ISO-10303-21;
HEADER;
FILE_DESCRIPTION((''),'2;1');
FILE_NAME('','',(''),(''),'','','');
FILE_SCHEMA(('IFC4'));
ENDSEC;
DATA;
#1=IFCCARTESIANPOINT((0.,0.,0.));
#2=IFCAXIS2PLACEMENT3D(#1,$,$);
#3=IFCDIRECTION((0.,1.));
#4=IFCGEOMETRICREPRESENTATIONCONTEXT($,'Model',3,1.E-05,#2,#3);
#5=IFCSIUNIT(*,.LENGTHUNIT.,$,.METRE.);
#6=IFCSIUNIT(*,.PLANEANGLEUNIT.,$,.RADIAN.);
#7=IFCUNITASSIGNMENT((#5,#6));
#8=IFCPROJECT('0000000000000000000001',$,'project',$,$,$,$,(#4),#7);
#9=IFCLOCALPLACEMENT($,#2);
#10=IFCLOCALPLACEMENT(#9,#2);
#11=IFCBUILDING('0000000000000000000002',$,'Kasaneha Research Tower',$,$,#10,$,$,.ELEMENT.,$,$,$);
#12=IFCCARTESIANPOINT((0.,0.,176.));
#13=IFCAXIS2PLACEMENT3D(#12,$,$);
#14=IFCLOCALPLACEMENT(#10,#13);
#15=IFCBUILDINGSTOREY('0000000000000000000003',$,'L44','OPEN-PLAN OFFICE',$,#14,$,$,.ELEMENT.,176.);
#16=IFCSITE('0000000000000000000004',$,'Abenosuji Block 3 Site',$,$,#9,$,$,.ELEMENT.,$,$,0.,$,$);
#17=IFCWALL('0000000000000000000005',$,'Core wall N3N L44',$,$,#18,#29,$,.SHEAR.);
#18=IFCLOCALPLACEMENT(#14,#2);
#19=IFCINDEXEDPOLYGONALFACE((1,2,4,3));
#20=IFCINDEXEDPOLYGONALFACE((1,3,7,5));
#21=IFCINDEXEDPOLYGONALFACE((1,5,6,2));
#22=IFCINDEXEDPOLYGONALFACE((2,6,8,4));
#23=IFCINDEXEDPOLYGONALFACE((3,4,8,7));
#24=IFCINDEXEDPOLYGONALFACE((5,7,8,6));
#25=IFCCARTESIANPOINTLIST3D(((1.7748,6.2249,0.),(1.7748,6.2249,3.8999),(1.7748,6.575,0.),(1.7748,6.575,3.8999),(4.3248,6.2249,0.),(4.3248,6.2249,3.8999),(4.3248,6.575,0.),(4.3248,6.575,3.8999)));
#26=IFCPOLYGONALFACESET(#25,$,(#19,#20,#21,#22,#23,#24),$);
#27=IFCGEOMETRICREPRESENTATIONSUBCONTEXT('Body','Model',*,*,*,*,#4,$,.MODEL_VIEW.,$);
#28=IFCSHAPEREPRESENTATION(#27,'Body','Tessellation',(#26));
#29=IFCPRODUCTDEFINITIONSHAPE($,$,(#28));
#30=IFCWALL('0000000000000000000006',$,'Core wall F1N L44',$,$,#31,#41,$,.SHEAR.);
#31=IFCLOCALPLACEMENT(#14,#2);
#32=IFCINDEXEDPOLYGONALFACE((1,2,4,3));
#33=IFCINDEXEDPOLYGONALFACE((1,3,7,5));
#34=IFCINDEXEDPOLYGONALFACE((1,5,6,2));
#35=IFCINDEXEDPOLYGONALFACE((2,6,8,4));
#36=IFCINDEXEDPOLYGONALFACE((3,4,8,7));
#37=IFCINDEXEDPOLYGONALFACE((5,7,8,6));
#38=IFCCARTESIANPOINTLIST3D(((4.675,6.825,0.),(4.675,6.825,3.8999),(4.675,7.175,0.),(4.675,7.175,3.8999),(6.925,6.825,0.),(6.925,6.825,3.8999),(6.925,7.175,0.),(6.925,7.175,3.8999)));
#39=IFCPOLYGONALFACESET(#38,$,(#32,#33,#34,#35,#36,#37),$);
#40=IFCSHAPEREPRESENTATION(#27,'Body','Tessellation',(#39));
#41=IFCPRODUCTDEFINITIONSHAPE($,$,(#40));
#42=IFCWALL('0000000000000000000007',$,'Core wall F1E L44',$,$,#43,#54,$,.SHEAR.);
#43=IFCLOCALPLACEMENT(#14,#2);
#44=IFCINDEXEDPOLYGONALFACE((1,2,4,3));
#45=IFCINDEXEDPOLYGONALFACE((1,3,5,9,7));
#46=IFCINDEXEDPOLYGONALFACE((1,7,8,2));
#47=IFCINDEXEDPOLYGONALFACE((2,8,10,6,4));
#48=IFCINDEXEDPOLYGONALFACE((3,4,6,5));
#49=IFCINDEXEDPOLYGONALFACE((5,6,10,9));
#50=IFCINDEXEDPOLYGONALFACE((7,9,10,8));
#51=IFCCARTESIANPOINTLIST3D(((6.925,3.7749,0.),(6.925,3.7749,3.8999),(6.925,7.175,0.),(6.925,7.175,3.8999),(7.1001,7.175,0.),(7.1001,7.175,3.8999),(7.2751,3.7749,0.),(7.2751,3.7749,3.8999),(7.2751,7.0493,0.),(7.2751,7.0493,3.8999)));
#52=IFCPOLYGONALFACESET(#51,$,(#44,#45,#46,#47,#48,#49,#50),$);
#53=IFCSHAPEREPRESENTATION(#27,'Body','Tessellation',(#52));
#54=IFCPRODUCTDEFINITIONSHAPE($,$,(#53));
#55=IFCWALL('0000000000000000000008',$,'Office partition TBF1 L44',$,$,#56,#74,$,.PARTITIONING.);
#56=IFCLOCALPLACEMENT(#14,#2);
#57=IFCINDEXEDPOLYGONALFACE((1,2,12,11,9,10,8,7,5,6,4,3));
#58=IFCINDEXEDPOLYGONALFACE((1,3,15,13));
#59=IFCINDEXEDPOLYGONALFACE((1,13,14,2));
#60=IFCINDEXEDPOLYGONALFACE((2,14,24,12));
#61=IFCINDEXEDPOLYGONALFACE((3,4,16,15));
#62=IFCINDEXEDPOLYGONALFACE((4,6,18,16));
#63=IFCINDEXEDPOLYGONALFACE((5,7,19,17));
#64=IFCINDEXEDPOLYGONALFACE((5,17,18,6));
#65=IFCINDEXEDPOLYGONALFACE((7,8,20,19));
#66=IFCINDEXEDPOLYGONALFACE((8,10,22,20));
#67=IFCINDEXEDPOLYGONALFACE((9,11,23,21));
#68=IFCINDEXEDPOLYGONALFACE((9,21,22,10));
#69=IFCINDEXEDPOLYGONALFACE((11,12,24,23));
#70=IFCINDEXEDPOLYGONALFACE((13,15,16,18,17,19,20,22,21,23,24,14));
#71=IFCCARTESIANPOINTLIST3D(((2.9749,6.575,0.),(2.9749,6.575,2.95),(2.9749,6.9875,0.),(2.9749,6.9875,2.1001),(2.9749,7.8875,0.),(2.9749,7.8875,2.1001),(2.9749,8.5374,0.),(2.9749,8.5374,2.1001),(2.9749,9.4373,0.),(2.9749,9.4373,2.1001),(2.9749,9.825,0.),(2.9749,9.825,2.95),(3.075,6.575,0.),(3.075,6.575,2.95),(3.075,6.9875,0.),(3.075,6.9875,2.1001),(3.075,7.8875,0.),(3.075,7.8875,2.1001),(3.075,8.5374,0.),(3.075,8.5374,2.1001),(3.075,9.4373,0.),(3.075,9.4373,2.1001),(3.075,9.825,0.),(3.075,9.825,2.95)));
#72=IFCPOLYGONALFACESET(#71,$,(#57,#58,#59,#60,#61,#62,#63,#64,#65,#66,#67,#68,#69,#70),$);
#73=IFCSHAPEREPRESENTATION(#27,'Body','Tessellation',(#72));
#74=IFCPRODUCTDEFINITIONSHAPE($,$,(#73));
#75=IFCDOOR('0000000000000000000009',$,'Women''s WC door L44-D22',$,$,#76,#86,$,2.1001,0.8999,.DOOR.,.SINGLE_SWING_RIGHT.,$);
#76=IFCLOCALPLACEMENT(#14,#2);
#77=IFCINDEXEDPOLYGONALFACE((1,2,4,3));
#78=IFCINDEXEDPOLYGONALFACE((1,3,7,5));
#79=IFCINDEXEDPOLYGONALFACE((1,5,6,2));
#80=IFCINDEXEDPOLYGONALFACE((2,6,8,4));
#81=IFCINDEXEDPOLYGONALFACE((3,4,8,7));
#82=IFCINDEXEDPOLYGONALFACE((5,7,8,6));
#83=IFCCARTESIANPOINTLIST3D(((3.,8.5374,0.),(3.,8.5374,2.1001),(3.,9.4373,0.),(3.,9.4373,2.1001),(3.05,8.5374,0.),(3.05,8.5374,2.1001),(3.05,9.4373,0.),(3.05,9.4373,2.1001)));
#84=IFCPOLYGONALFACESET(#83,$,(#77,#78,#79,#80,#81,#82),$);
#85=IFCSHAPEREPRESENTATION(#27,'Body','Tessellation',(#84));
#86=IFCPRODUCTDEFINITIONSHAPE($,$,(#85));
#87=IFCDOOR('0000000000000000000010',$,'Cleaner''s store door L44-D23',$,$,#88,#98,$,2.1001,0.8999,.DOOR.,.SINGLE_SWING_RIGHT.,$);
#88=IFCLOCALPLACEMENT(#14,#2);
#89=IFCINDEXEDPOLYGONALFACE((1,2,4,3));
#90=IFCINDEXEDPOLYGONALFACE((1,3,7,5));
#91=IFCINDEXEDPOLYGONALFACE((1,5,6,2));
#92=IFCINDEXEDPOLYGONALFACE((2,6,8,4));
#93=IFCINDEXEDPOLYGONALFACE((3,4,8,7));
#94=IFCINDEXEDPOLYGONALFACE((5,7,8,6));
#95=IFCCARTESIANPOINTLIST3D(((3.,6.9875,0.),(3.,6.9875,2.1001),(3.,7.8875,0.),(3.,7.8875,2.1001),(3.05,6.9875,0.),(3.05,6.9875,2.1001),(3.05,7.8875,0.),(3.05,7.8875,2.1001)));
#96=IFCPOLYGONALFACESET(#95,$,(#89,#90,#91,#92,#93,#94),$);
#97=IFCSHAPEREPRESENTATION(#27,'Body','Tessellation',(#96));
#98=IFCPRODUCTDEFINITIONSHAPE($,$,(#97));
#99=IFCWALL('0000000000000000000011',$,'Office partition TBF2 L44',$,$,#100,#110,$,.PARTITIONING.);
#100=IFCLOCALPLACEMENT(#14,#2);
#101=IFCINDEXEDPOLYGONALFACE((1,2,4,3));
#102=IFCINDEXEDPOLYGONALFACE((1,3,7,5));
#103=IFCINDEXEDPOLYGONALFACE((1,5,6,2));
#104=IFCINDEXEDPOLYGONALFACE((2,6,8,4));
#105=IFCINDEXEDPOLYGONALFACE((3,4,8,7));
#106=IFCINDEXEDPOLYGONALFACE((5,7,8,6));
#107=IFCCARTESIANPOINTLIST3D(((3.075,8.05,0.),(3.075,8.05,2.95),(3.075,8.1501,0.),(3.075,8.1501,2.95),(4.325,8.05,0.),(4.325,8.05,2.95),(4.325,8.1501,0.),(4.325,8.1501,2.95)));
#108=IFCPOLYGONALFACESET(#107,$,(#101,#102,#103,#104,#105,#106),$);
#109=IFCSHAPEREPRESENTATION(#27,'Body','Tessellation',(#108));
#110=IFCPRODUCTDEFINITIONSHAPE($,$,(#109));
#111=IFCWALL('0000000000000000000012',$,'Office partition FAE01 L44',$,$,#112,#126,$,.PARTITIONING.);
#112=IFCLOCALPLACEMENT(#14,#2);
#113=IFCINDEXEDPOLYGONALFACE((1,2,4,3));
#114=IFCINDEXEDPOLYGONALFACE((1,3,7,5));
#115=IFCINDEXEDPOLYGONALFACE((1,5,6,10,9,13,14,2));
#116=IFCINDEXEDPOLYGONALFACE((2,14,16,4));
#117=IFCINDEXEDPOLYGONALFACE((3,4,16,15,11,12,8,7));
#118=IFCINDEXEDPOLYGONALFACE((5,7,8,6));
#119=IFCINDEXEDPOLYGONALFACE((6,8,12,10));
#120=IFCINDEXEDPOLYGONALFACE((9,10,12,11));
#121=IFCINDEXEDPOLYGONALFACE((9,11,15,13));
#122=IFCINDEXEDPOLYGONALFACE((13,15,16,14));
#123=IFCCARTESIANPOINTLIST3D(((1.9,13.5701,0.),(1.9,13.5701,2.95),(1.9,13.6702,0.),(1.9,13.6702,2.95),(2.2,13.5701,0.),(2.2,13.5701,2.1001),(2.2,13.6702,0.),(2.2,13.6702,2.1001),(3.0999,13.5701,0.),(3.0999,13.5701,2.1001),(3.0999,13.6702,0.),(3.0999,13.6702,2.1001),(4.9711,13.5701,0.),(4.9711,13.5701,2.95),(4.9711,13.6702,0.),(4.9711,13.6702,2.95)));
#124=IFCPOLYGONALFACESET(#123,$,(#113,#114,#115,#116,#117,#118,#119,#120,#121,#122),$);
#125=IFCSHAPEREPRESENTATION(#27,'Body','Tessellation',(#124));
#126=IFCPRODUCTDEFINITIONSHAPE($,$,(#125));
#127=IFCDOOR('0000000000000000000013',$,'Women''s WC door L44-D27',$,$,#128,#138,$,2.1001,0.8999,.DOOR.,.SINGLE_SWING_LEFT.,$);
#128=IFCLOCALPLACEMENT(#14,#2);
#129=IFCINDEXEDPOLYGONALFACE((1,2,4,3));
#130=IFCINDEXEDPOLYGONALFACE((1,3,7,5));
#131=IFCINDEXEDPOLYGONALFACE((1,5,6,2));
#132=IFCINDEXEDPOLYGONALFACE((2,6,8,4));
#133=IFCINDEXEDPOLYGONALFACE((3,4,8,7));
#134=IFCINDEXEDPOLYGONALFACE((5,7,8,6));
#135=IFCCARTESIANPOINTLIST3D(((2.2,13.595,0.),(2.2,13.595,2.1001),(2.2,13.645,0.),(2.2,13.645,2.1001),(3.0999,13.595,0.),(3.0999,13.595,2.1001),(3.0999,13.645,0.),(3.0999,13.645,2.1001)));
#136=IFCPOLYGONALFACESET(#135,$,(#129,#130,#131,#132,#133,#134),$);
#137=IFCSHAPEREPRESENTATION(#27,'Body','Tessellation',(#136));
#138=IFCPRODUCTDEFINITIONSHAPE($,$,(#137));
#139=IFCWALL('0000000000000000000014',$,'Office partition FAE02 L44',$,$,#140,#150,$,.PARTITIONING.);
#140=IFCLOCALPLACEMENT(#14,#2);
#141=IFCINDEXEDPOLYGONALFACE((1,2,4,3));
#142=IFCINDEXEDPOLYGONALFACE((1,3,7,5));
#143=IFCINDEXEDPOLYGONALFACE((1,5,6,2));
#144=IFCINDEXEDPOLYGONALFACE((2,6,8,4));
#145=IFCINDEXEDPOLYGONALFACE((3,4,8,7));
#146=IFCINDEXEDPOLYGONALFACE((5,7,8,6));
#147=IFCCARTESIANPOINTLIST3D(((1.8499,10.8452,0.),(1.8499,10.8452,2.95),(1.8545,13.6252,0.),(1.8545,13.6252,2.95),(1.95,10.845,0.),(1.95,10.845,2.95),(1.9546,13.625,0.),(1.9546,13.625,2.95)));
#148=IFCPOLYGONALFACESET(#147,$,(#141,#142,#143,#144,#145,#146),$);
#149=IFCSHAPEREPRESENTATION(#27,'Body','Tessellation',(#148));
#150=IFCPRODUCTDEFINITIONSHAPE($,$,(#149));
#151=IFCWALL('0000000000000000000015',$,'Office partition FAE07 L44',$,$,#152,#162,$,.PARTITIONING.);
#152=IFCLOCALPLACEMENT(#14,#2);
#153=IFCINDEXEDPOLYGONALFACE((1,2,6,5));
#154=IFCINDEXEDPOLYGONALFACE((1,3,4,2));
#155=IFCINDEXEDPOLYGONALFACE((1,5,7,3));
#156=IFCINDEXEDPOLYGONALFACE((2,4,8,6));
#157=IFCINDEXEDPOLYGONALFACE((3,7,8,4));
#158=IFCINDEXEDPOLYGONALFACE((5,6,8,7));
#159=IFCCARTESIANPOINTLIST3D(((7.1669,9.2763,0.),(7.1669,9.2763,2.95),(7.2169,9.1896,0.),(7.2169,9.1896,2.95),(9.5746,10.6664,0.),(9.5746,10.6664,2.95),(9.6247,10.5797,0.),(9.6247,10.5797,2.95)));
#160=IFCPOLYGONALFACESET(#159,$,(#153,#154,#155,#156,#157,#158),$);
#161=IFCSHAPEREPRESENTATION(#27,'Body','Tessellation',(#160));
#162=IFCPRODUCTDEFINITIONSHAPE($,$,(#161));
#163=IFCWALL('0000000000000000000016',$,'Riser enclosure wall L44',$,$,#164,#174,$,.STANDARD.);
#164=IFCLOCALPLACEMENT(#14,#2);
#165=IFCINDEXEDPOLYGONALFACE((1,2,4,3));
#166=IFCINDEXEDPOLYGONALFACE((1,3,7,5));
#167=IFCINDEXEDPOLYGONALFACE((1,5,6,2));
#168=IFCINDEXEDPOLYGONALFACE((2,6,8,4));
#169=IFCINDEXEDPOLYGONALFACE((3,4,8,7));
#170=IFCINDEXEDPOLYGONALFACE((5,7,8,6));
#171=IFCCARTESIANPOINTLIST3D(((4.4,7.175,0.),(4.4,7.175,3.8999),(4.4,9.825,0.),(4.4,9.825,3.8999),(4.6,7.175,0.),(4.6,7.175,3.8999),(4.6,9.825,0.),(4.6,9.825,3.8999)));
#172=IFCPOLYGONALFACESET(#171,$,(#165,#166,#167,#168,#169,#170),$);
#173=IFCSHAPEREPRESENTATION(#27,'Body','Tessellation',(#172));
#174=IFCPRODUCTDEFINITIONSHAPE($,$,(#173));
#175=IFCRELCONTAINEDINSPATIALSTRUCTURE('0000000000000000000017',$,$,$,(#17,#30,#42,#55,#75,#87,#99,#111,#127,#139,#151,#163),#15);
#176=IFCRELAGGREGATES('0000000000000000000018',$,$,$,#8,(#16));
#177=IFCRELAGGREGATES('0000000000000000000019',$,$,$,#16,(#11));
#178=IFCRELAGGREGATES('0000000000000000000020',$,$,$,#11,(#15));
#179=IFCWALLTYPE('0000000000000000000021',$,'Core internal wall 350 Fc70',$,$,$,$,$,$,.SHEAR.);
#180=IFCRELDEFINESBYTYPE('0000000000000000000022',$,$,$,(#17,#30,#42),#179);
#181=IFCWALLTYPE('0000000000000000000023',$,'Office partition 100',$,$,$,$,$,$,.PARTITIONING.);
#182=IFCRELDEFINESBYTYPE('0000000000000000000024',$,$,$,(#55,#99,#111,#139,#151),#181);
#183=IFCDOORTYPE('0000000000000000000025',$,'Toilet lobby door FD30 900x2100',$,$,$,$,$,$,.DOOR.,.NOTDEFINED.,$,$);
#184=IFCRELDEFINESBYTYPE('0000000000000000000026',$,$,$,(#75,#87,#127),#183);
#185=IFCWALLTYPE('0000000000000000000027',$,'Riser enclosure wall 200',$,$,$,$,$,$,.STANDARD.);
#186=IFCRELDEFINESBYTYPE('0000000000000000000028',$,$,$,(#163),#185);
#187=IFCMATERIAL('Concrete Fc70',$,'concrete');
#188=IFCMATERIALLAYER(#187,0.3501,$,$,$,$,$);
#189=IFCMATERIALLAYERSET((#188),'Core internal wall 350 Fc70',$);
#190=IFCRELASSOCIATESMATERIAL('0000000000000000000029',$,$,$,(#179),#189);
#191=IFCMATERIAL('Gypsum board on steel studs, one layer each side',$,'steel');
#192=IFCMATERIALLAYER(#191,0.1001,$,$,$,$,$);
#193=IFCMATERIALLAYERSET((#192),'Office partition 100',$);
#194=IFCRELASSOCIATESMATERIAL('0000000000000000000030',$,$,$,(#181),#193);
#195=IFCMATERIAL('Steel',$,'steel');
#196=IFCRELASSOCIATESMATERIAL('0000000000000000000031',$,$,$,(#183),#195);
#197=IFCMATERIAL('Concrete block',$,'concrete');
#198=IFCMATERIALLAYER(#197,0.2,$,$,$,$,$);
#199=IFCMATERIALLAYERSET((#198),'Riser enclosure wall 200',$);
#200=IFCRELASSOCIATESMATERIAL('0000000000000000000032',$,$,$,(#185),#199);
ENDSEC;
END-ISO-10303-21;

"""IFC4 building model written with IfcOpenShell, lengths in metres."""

from ifc_helpers import new_model, si_unit, direction, frame, frame_2d, origin, place, context, subcontext, project, spatial, polyline, rectangle, outline, extrude, material, layer, layer_set, type_object, element, fill, save


model = new_model("IFC4")

# Units and contexts
model_context = context("Model", 3, precision=1e-05, world=origin(), true_north=direction((0.0, 1.0)))
body_context = subcontext(model_context, "Body", "Model", "MODEL_VIEW")
ifc_project = project(units=[si_unit("LENGTHUNIT", "METRE"), si_unit("PLANEANGLEUNIT", "RADIAN")], contexts=[model_context])

# Site, building, storey
site_placement = place(None, origin())
site = spatial("IfcSite", under=ifc_project, at=site_placement, Name="Abenosuji Block 3 Site", CompositionType="ELEMENT", RefElevation=0.0)
building_placement = place(site_placement, origin())
building = spatial("IfcBuilding", under=site, at=building_placement, Name="Kasaneha Research Tower", CompositionType="ELEMENT")
storey_placement = place(building_placement, frame((0.0, 0.0, 176.0)))
storey = spatial("IfcBuildingStorey", under=building, at=storey_placement, Name="L44", Description="OPEN-PLAN OFFICE", CompositionType="ELEMENT", Elevation=176.0)

# Shared definitions
ifc_material_1 = material(Name="Concrete Fc70", Category="concrete")
ifc_layer_1 = layer(ifc_material_1, 0.3501)
ifc_layer_set_1 = layer_set([ifc_layer_1], Name="Core internal wall 350 Fc70")
wall_type_1 = type_object("IfcWallType", Name="Core internal wall 350 Fc70", PredefinedType="SHEAR", material=ifc_layer_set_1)

# Walls
wall_1_placement = place(storey_placement, frame((1.7749, 6.3999, 0.0), z_axis=(0.0, 0.0, 1.0), x_axis=(1.0, 0.0, 0.0)))
element("IfcWall", 1, at=wall_1_placement, inside=storey, type_object=wall_type_1, Name="Core wall N3N L44", PredefinedType="SHEAR", context=body_context, shape_type="SweptSolid", body=[
    extrude(rectangle(XDim=2.55, YDim=0.3501, at=frame_2d((1.2749, 0.0))), origin(), (0.0, 0.0, 1.0), 3.8999),
])
wall_2_placement = place(storey_placement, frame((4.675, 7.0, 0.0), z_axis=(0.0, 0.0, 1.0), x_axis=(1.0, 0.0, 0.0)))
element("IfcWall", 2, at=wall_2_placement, inside=storey, type_object=wall_type_1, Name="Core wall F1N L44", PredefinedType="SHEAR", context=body_context, shape_type="SweptSolid", body=[
    extrude(rectangle(XDim=2.25, YDim=0.3501, at=frame_2d((1.125, 0.0))), origin(), (0.0, 0.0, 1.0), 3.8999),
])
wall_3_placement = place(storey_placement, frame((7.1001, 3.7749, 0.0), z_axis=(0.0, 0.0, 1.0), x_axis=(0.0, 1.0, 0.0)))
element("IfcWall", 3, at=wall_3_placement, inside=storey, type_object=wall_type_1, Name="Core wall F1E L44", PredefinedType="SHEAR", context=body_context, shape_type="SweptSolid", body=[
    extrude(outline(polyline([(0.0, -0.175), (3.2744, -0.175), (3.4001, 0.0), (3.4001, 0.175), (0.0, 0.175), (0.0, -0.175)])), origin(), (0.0, 0.0, 1.0), 3.8999),
])

# Wall, openings, doors
ifc_material_2 = material(Name="Gypsum board on steel studs, one layer each side", Category="steel")
ifc_layer_2 = layer(ifc_material_2, 0.1001)
ifc_layer_set_2 = layer_set([ifc_layer_2], Name="Office partition 100")
wall_type_2 = type_object("IfcWallType", Name="Office partition 100", PredefinedType="PARTITIONING", material=ifc_layer_set_2)
wall_4_placement = place(storey_placement, frame((3.0249, 6.575, 0.0), z_axis=(0.0, 0.0, 1.0), x_axis=(0.0, 1.0, 0.0)))
wall_4 = element("IfcWall", 4, at=wall_4_placement, inside=storey, type_object=wall_type_2, Name="Office partition TBF1 L44", PredefinedType="PARTITIONING", context=body_context, shape_type="SweptSolid", body=[
    extrude(rectangle(XDim=3.25, YDim=0.1001, at=frame_2d((1.625, 0.0))), origin(), (0.0, 0.0, 1.0), 2.95),
])
opening_1_placement = place(wall_4_placement, frame((1.9624, 0.0, 0.0)))
opening_1 = element("IfcOpeningElement", 5, at=opening_1_placement, cuts=wall_4, PredefinedType="OPENING", context=body_context, shape_type="SweptSolid", body=[
    extrude(rectangle(XDim=0.8999, YDim=2.1001, at=frame_2d((0.45, 1.05))), frame((0.0, 0.0601, 0.0), z_axis=(0.0, -1.0, 0.0), x_axis=(1.0, 0.0, 0.0)), (0.0, 0.0, 1.0), 0.1201),
])
opening_2_placement = place(wall_4_placement, frame((0.4126, 0.0, 0.0)))
opening_2 = element("IfcOpeningElement", 6, at=opening_2_placement, cuts=wall_4, PredefinedType="OPENING", context=body_context, shape_type="SweptSolid", body=[
    extrude(rectangle(XDim=0.8999, YDim=2.1001, at=frame_2d((0.45, 1.05))), frame((0.0, 0.0601, 0.0), z_axis=(0.0, -1.0, 0.0), x_axis=(1.0, 0.0, 0.0)), (0.0, 0.0, 1.0), 0.1201),
])
ifc_material_3 = material(Name="Steel", Category="steel")
door_type_1 = type_object("IfcDoorType", Name="Toilet lobby door FD30 900x2100", OperationType="NOTDEFINED", PredefinedType="DOOR", material=ifc_material_3)
door_1_placement = place(opening_1_placement, origin())
door_1 = element("IfcDoor", 7, at=door_1_placement, inside=storey, type_object=door_type_1, Name="Women's WC door L44-D22", OperationType="SINGLE_SWING_RIGHT", OverallHeight=2.1001, OverallWidth=0.8999, PredefinedType="DOOR", context=body_context, shape_type="SweptSolid", body=[
    extrude(rectangle(XDim=0.8999, YDim=2.1001, at=frame_2d((0.45, 1.05))), frame((0.0, 0.0249, 0.0), z_axis=(0.0, -1.0, 0.0), x_axis=(1.0, 0.0, 0.0)), (0.0, 0.0, 1.0), 0.05),
])
fill(opening_1, door_1)
door_2_placement = place(opening_2_placement, origin())
door_2 = element("IfcDoor", 8, at=door_2_placement, inside=storey, type_object=door_type_1, Name="Cleaner's store door L44-D23", OperationType="SINGLE_SWING_RIGHT", OverallHeight=2.1001, OverallWidth=0.8999, PredefinedType="DOOR", context=body_context, shape_type="SweptSolid", body=[
    extrude(rectangle(XDim=0.8999, YDim=2.1001, at=frame_2d((0.45, 1.05))), frame((0.0, 0.0249, 0.0), z_axis=(0.0, -1.0, 0.0), x_axis=(1.0, 0.0, 0.0)), (0.0, 0.0, 1.0), 0.05),
])
fill(opening_2, door_2)

# Wall
wall_5_placement = place(storey_placement, frame((3.075, 8.1001, 0.0), z_axis=(0.0, 0.0, 1.0), x_axis=(1.0, 0.0, 0.0)))
element("IfcWall", 9, at=wall_5_placement, inside=storey, type_object=wall_type_2, Name="Office partition TBF2 L44", PredefinedType="PARTITIONING", context=body_context, shape_type="SweptSolid", body=[
    extrude(rectangle(XDim=1.25, YDim=0.1001, at=frame_2d((0.625, 0.0))), origin(), (0.0, 0.0, 1.0), 2.95),
])

# Wall, opening, door
wall_6_placement = place(storey_placement, frame((1.8999, 13.6201, 0.0), z_axis=(0.0, 0.0, 1.0), x_axis=(1.0, 0.0, 0.0)))
wall_6 = element("IfcWall", 10, at=wall_6_placement, inside=storey, type_object=wall_type_2, Name="Office partition FAE01 L44", PredefinedType="PARTITIONING", context=body_context, shape_type="SweptSolid", body=[
    extrude(rectangle(XDim=3.071, YDim=0.1001, at=frame_2d((1.5356, 0.0))), origin(), (0.0, 0.0, 1.0), 2.95),
])
opening_3_placement = place(wall_6_placement, frame((0.3, 0.0, 0.0)))
opening_3 = element("IfcOpeningElement", 11, at=opening_3_placement, cuts=wall_6, PredefinedType="OPENING", context=body_context, shape_type="SweptSolid", body=[
    extrude(rectangle(XDim=0.8999, YDim=2.1001, at=frame_2d((0.45, 1.05))), frame((0.0, 0.0601, 0.0), z_axis=(0.0, -1.0, 0.0), x_axis=(1.0, 0.0, 0.0)), (0.0, 0.0, 1.0), 0.1201),
])
door_3_placement = place(opening_3_placement, origin())
door_3 = element("IfcDoor", 12, at=door_3_placement, inside=storey, type_object=door_type_1, Name="Women's WC door L44-D27", OperationType="SINGLE_SWING_LEFT", OverallHeight=2.1001, OverallWidth=0.8999, PredefinedType="DOOR", context=body_context, shape_type="SweptSolid", body=[
    extrude(rectangle(XDim=0.8999, YDim=2.1001, at=frame_2d((0.45, 1.05))), frame((0.0, 0.0249, 0.0), z_axis=(0.0, -1.0, 0.0), x_axis=(1.0, 0.0, 0.0)), (0.0, 0.0, 1.0), 0.05),
])
fill(opening_3, door_3)

# Walls
wall_7_placement = place(storey_placement, frame((1.8999, 10.845, 0.0), z_axis=(0.0, 0.0, 1.0), x_axis=(0.001669, 0.999999, 0.0)))
element("IfcWall", 13, at=wall_7_placement, inside=storey, type_object=wall_type_2, Name="Office partition FAE02 L44", PredefinedType="PARTITIONING", context=body_context, shape_type="SweptSolid", body=[
    extrude(rectangle(XDim=2.78, YDim=0.1001, at=frame_2d((1.3901, 0.0))), origin(), (0.0, 0.0, 1.0), 2.95),
])
wall_8_placement = place(storey_placement, frame((7.1919, 9.2329, 0.0), z_axis=(0.0, 0.0, 1.0), x_axis=(0.866019, 0.500011, 0.0)))
element("IfcWall", 14, at=wall_8_placement, inside=storey, type_object=wall_type_2, Name="Office partition FAE07 L44", PredefinedType="PARTITIONING", context=body_context, shape_type="SweptSolid", body=[
    extrude(rectangle(XDim=2.7803, YDim=0.1001, at=frame_2d((1.3901, 0.0))), origin(), (0.0, 0.0, 1.0), 2.95),
])
ifc_material_4 = material(Name="Concrete block", Category="concrete")
ifc_layer_3 = layer(ifc_material_4, 0.2)
ifc_layer_set_3 = layer_set([ifc_layer_3], Name="Riser enclosure wall 200")
wall_type_3 = type_object("IfcWallType", Name="Riser enclosure wall 200", PredefinedType="STANDARD", material=ifc_layer_set_3)
wall_9_placement = place(storey_placement, frame((4.5, 7.175, 0.0), z_axis=(0.0, 0.0, 1.0), x_axis=(0.0, 1.0, 0.0)))
element("IfcWall", 15, at=wall_9_placement, inside=storey, type_object=wall_type_3, Name="Riser enclosure wall L44", PredefinedType="STANDARD", context=body_context, shape_type="SweptSolid", body=[
    extrude(rectangle(XDim=2.6499, YDim=0.2, at=frame_2d((1.325, 0.0))), origin(), (0.0, 0.0, 1.0), 3.8999),
])

save(model, "model.ifc")
